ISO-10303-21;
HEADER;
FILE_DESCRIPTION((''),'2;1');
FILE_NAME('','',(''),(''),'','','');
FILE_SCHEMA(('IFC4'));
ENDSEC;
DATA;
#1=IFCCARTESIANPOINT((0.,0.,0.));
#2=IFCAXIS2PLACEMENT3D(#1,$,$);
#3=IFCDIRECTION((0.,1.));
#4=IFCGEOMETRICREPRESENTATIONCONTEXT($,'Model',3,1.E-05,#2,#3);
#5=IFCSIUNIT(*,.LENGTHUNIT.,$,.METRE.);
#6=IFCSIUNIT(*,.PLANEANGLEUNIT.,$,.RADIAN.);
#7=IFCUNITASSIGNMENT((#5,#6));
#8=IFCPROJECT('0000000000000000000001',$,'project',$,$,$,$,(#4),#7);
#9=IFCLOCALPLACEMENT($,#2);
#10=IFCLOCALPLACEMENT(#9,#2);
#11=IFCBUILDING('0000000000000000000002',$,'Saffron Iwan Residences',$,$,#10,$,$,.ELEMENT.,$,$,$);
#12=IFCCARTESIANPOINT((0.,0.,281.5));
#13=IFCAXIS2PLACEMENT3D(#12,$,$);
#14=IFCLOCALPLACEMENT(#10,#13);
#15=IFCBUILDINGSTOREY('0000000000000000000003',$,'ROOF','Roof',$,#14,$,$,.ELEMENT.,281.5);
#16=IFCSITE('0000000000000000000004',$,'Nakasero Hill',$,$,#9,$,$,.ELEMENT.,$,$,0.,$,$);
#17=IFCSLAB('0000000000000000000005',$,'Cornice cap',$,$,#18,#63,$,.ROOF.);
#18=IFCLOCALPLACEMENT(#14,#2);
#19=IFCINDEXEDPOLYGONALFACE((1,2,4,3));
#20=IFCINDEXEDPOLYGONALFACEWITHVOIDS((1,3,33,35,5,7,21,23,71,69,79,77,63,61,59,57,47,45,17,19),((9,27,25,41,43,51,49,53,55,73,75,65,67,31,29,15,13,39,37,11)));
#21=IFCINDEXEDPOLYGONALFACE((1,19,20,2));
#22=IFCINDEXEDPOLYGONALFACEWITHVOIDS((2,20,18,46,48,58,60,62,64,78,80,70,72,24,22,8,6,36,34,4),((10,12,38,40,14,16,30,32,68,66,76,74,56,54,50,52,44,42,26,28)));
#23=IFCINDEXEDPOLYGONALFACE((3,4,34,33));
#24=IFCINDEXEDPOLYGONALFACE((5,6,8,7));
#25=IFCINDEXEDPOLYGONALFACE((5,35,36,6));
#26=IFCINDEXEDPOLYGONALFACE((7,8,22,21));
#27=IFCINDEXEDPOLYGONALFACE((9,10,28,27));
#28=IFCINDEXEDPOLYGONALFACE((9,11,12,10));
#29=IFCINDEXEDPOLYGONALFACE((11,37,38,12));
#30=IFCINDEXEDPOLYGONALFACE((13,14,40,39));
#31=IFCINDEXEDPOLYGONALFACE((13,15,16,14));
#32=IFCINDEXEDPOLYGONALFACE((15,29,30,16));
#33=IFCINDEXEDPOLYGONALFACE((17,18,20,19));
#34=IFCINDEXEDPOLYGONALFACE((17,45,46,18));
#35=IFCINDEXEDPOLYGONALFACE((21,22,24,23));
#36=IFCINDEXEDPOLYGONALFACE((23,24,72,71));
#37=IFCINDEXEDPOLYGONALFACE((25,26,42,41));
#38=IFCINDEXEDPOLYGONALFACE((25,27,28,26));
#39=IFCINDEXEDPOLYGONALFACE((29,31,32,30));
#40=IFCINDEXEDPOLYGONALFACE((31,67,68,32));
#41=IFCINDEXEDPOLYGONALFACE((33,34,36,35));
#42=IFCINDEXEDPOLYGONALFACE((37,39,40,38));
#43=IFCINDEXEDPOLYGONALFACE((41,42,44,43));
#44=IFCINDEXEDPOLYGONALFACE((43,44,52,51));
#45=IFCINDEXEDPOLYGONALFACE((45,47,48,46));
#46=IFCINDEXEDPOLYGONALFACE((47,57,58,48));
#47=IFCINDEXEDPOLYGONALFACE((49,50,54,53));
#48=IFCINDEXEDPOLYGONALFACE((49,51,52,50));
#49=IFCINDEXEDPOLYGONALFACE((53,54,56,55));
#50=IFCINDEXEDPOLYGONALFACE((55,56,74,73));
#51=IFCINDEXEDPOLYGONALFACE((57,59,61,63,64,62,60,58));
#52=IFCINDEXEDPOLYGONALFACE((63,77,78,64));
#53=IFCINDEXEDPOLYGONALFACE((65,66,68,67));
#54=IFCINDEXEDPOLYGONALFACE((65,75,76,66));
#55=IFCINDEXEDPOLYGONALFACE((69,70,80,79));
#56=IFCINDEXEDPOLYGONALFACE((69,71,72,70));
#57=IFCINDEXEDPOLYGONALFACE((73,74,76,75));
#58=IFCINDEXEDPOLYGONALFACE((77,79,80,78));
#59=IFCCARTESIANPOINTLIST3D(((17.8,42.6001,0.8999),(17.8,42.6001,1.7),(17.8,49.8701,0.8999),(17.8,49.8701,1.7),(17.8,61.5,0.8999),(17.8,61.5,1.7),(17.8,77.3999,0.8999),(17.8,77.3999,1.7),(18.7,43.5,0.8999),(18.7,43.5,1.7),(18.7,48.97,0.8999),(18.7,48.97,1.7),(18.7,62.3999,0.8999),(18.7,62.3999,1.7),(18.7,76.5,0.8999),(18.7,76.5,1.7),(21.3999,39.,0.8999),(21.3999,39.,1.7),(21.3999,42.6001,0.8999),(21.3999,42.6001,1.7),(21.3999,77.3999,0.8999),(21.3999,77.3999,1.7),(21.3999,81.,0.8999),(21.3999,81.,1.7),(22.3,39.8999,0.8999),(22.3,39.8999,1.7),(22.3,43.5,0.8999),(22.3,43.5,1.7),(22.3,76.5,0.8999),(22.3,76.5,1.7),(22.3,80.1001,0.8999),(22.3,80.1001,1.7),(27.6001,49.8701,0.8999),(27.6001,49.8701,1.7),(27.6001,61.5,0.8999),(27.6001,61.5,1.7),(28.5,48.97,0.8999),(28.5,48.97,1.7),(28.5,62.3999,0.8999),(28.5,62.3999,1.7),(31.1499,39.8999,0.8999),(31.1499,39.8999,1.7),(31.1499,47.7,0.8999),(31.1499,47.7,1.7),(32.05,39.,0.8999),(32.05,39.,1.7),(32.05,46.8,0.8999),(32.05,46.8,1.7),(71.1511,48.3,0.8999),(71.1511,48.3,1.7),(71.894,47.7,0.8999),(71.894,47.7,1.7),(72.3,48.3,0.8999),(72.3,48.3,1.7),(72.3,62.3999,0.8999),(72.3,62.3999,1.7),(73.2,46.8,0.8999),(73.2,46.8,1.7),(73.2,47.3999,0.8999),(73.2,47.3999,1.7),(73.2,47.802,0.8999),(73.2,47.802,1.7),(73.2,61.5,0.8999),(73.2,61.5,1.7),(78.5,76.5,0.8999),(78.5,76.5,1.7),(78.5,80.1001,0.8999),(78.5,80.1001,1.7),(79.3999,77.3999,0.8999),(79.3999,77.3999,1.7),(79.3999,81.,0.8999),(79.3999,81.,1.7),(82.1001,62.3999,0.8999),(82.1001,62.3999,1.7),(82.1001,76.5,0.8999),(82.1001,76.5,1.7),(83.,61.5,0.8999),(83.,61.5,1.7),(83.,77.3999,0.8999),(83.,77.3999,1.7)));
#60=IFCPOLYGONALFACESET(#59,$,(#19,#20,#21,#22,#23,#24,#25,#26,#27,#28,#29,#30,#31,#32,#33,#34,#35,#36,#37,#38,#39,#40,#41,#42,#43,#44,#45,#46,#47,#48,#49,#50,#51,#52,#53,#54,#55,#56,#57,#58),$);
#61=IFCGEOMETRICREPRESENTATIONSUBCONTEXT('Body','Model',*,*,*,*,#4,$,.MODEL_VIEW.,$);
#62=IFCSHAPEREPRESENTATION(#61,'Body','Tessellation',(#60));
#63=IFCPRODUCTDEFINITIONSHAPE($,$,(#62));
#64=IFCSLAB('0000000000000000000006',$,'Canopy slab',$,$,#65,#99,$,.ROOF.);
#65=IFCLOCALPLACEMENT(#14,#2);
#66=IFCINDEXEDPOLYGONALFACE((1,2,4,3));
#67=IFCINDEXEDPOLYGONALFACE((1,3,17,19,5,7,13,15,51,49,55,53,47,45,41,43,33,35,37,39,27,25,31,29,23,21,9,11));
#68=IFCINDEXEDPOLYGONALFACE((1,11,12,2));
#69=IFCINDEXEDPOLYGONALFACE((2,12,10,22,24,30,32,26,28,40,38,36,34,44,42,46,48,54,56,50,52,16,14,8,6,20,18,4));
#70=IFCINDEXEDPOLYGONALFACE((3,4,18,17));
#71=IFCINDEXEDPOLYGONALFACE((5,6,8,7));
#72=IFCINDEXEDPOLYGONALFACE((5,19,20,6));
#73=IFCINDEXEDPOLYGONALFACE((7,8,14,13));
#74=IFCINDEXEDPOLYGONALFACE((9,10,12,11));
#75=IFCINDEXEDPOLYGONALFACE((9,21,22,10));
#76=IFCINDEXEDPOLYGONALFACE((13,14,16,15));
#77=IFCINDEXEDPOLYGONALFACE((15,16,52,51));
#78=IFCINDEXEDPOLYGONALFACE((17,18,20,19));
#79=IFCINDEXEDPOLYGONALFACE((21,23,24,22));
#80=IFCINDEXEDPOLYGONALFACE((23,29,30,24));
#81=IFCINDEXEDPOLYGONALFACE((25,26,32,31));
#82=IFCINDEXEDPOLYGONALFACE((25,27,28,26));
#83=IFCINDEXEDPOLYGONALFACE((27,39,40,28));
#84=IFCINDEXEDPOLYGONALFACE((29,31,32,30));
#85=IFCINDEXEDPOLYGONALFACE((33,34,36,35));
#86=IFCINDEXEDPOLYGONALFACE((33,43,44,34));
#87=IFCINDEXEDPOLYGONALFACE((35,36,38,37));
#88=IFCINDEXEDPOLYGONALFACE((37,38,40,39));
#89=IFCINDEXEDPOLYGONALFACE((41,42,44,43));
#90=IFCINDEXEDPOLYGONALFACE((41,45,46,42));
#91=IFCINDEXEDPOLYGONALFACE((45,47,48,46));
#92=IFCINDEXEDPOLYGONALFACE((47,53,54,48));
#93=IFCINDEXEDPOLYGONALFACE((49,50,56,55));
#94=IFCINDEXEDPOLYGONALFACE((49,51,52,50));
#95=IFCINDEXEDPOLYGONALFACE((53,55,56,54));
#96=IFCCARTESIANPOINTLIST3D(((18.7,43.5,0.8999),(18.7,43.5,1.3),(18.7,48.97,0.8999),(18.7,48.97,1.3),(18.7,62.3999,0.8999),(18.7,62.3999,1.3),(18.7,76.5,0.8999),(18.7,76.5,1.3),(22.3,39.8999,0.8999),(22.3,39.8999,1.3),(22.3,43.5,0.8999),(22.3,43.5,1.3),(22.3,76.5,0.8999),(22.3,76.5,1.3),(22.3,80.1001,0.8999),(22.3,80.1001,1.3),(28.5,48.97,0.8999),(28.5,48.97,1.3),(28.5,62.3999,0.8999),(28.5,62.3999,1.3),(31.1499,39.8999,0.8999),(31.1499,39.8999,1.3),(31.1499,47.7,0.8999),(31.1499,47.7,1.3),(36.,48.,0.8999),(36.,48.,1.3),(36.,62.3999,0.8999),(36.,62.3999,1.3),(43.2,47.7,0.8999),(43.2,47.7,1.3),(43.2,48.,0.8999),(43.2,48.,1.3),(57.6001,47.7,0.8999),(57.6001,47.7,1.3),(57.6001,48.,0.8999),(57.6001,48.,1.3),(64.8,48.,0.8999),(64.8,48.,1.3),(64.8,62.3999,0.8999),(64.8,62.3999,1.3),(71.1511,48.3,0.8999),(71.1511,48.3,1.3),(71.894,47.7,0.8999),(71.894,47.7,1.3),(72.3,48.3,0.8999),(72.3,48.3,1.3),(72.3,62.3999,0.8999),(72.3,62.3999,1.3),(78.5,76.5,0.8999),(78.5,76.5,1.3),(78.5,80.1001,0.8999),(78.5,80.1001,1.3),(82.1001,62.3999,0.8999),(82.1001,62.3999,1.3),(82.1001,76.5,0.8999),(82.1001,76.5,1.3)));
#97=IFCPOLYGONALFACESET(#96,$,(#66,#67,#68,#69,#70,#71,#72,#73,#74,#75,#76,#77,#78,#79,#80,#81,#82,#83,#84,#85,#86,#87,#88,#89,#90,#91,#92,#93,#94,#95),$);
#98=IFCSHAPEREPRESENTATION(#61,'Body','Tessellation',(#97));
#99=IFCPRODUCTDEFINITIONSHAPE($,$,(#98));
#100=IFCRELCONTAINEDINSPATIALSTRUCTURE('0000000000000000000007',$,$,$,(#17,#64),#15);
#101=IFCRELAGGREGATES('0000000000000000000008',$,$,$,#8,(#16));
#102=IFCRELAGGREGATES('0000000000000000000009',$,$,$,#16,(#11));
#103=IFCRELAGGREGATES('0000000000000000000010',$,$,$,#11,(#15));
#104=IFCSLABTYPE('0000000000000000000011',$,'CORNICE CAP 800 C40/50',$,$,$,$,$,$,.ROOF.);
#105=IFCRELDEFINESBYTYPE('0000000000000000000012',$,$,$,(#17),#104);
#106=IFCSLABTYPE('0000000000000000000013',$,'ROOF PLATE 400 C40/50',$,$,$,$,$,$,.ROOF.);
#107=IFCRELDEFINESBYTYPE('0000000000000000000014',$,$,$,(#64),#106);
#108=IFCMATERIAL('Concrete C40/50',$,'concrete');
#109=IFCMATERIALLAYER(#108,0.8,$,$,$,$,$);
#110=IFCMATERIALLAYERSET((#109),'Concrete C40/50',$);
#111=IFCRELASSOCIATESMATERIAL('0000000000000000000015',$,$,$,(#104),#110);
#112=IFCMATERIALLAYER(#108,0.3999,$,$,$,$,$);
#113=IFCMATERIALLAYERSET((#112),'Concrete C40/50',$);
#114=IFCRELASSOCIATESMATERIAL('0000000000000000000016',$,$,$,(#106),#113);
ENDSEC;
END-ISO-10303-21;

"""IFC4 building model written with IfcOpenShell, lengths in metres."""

from ifc_helpers import new_model, si_unit, direction, frame, origin, place, context, subcontext, project, spatial, polyline, outline, extrude, material, layer, layer_set, type_object, element, save


model = new_model("IFC4")

# Units and contexts
model_context = context("Model", 3, precision=1e-05, world=origin(), true_north=direction((0.0, 1.0)))
body_context = subcontext(model_context, "Body", "Model", "MODEL_VIEW")
ifc_project = project(units=[si_unit("LENGTHUNIT", "METRE"), si_unit("PLANEANGLEUNIT", "RADIAN")], contexts=[model_context])

# Site, building, storey
site_placement = place(None, origin())
site = spatial("IfcSite", under=ifc_project, at=site_placement, Name="Nakasero Hill", CompositionType="ELEMENT", RefElevation=0.0)
building_placement = place(site_placement, origin())
building = spatial("IfcBuilding", under=site, at=building_placement, Name="Saffron Iwan Residences", CompositionType="ELEMENT")
storey_placement = place(building_placement, frame((0.0, 0.0, 281.5)))
storey = spatial("IfcBuildingStorey", under=building, at=storey_placement, Name="ROOF", Description="Roof", CompositionType="ELEMENT", Elevation=281.5)

# Slabs
ifc_material = material(Name="Concrete C40/50", Category="concrete")
ifc_layer_1 = layer(ifc_material, 0.8)
ifc_layer_set_1 = layer_set([ifc_layer_1], Name="Concrete C40/50")
slab_type_1 = type_object("IfcSlabType", Name="CORNICE CAP 800 C40/50", PredefinedType="ROOF", material=ifc_layer_set_1)
slab_1_placement = place(storey_placement, frame((0.0, 0.0, 0.8999)))
element("IfcSlab", 1, at=slab_1_placement, inside=storey, type_object=slab_type_1, Name="Cornice cap", PredefinedType="ROOF", context=body_context, shape_type="SweptSolid", body=[
    extrude(outline(polyline([(27.6001, 61.5), (17.8, 61.5), (17.8, 77.3999), (21.3999, 77.3999), (21.3999, 81.0), (79.3999, 81.0), (79.3999, 77.3999), (83.0, 77.3999), (83.0, 61.5), (73.2, 61.5), (73.2, 47.802), (73.2, 47.3999), (73.2, 46.8), (32.05, 46.8), (32.05, 39.0), (21.3999, 39.0), (21.3999, 42.6001), (17.8, 42.6001), (17.8, 49.8701), (27.6001, 49.8701), (27.6001, 61.5)]), holes=[polyline([(18.7, 48.97), (18.7, 43.5), (22.3, 43.5), (22.3, 39.8999), (31.1499, 39.8999), (31.1499, 47.7), (71.894, 47.7), (71.1511, 48.3), (72.3, 48.3), (72.3, 62.3999), (82.1001, 62.3999), (82.1001, 76.5), (78.5, 76.5), (78.5, 80.1001), (22.3, 80.1001), (22.3, 76.5), (18.7, 76.5), (18.7, 62.3999), (28.5, 62.3999), (28.5, 48.97), (18.7, 48.97)])]), origin(), (0.0, 0.0, 1.0), 0.8),
])
ifc_layer_2 = layer(ifc_material, 0.3999)
ifc_layer_set_2 = layer_set([ifc_layer_2], Name="Concrete C40/50")
slab_type_2 = type_object("IfcSlabType", Name="ROOF PLATE 400 C40/50", PredefinedType="ROOF", material=ifc_layer_set_2)
slab_2_placement = place(storey_placement, frame((0.0, 0.0, 0.8999)))
element("IfcSlab", 2, at=slab_2_placement, inside=storey, type_object=slab_type_2, Name="Canopy slab", PredefinedType="ROOF", context=body_context, shape_type="SweptSolid", body=[
    extrude(outline(polyline([(64.8, 48.0), (64.8, 62.3999), (36.0, 62.3999), (36.0, 48.0), (43.2, 48.0), (43.2, 47.7), (31.1499, 47.7), (31.1499, 39.8999), (22.3, 39.8999), (22.3, 43.5), (18.7, 43.5), (18.7, 48.97), (28.5, 48.97), (28.5, 62.3999), (18.7, 62.3999), (18.7, 76.5), (22.3, 76.5), (22.3, 80.1001), (78.5, 80.1001), (78.5, 76.5), (82.1001, 76.5), (82.1001, 62.3999), (72.3, 62.3999), (72.3, 48.3), (71.1511, 48.3), (71.894, 47.7), (57.6001, 47.7), (57.6001, 48.0), (64.8, 48.0)])), origin(), (0.0, 0.0, 1.0), 0.4001),
])

save(model, "model.ifc")
